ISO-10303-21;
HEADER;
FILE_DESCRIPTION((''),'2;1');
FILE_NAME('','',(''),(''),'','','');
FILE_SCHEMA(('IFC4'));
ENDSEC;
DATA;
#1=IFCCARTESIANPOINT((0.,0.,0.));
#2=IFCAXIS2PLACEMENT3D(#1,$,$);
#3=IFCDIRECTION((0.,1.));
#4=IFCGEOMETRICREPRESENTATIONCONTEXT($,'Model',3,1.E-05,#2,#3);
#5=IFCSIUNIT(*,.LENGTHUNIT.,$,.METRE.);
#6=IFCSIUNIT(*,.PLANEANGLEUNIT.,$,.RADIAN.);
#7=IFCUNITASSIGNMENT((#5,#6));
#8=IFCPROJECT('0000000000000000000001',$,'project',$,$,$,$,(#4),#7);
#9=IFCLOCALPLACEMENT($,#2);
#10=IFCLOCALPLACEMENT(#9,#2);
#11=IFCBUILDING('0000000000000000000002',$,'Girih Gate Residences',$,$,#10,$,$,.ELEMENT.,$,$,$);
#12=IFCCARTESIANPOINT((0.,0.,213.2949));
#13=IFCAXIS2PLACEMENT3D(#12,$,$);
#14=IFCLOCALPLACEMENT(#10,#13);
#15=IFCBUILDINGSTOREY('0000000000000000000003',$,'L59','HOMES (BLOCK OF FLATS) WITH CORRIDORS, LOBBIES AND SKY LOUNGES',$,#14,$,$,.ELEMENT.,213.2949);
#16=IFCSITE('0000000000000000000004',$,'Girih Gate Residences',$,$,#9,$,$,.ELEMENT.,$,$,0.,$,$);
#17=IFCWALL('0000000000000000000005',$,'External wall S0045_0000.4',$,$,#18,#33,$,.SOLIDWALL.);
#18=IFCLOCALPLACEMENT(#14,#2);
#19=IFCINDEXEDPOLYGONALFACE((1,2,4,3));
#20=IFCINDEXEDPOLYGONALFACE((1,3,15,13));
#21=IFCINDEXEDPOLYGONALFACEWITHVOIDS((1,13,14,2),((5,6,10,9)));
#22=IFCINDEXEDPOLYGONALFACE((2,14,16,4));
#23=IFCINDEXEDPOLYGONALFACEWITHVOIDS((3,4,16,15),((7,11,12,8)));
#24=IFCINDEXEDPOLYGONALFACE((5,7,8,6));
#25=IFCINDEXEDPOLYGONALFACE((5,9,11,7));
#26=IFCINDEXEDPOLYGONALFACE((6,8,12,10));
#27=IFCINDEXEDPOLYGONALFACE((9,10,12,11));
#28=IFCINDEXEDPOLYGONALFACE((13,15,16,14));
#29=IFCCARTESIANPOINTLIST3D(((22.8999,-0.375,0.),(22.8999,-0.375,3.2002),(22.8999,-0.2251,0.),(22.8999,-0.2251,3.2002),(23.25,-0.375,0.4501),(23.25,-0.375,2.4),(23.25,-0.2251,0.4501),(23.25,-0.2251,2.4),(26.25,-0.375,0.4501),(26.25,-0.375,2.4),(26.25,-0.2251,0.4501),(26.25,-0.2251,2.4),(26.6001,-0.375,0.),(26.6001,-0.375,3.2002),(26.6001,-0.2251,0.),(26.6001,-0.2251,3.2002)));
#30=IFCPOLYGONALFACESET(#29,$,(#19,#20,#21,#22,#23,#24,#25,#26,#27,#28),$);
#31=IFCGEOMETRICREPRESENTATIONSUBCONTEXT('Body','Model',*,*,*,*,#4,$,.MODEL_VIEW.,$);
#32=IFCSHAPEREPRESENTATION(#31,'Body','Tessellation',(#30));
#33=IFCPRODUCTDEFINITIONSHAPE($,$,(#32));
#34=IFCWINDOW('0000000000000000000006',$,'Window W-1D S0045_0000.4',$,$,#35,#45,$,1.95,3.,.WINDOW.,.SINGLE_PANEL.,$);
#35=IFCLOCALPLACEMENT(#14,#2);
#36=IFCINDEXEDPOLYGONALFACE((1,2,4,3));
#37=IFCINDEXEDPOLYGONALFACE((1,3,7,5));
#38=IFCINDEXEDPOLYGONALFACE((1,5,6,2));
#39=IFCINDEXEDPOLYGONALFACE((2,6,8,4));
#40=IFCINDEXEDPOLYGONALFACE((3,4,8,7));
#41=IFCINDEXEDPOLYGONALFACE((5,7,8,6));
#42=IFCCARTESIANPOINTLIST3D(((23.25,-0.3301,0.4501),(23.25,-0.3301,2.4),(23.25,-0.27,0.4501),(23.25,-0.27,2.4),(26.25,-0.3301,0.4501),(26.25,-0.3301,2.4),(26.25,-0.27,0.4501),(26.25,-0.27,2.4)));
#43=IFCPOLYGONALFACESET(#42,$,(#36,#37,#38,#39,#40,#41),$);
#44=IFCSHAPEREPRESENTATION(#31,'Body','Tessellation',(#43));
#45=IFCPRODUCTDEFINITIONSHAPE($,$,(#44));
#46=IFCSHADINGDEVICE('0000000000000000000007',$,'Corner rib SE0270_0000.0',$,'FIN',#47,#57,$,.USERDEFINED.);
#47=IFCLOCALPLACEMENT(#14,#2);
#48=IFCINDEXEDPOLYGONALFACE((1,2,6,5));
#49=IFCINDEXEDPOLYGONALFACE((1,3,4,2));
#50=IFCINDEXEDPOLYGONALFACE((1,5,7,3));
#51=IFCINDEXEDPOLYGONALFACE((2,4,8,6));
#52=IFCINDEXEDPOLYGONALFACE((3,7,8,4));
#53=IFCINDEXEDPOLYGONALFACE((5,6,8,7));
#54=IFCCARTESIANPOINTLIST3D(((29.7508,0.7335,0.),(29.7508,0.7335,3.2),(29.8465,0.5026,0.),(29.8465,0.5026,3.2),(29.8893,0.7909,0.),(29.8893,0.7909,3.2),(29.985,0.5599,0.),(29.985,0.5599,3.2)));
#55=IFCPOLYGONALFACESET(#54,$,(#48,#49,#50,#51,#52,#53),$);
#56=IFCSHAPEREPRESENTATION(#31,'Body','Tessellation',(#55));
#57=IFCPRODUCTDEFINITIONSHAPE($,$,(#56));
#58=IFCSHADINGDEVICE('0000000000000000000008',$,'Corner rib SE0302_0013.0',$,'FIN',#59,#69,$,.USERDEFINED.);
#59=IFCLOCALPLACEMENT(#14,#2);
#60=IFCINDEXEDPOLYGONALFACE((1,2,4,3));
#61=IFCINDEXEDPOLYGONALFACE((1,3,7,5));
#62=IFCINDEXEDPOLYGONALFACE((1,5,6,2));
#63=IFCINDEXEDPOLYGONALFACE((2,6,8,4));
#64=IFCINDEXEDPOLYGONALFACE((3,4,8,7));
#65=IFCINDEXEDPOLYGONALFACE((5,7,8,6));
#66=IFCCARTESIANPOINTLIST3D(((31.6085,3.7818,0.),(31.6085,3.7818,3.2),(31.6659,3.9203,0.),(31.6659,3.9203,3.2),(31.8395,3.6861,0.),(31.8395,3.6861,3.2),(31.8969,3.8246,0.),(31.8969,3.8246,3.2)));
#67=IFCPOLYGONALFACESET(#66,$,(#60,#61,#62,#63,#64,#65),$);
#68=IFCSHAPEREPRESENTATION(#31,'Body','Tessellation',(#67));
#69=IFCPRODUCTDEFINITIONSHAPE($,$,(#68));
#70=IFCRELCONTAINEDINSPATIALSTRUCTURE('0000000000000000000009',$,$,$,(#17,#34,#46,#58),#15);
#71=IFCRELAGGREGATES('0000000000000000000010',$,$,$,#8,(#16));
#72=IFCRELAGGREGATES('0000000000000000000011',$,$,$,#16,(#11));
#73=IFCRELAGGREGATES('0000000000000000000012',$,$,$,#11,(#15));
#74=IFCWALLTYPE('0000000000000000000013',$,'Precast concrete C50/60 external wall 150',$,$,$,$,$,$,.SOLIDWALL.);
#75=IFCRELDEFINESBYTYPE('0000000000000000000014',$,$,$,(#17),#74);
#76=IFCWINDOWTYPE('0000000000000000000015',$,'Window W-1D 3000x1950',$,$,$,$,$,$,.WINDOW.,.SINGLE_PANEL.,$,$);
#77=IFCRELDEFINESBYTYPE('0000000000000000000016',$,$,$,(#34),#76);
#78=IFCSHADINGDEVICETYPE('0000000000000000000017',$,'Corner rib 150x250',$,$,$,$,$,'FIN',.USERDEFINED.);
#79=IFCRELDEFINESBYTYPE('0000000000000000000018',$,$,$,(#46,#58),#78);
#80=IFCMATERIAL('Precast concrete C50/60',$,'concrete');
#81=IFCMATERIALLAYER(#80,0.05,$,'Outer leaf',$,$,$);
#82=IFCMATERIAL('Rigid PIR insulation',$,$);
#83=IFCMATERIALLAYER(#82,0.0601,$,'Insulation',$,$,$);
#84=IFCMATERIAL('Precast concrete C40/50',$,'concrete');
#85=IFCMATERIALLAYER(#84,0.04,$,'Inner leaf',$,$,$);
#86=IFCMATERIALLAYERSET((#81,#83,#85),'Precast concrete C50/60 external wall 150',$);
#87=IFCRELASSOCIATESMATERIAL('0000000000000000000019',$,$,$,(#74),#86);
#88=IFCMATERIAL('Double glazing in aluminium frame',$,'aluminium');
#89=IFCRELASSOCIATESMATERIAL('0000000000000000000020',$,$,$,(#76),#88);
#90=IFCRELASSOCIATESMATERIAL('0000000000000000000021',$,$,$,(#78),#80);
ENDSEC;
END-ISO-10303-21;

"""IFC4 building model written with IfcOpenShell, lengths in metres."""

from ifc_helpers import new_model, si_unit, direction, frame, frame_2d, origin, origin_2d, place, context, subcontext, project, spatial, rectangle, extrude, material, layer, layer_set, type_object, element, fill, save


model = new_model("IFC4")

# Units and contexts
model_context = context("Model", 3, precision=1e-05, world=origin(), true_north=direction((0.0, 1.0)))
body_context = subcontext(model_context, "Body", "Model", "MODEL_VIEW")
ifc_project = project(units=[si_unit("LENGTHUNIT", "METRE"), si_unit("PLANEANGLEUNIT", "RADIAN")], contexts=[model_context])

# Site, building, storey
site_placement = place(None, origin())
site = spatial("IfcSite", under=ifc_project, at=site_placement, Name="Girih Gate Residences", CompositionType="ELEMENT", RefElevation=0.0)
building_placement = place(site_placement, origin())
building = spatial("IfcBuilding", under=site, at=building_placement, Name="Girih Gate Residences", CompositionType="ELEMENT")
storey_placement = place(building_placement, frame((0.0, 0.0, 213.2949)))
storey = spatial("IfcBuildingStorey", under=building, at=storey_placement, Name="L59", Description="HOMES (BLOCK OF FLATS) WITH CORRIDORS, LOBBIES AND SKY LOUNGES", CompositionType="ELEMENT", Elevation=213.2949)

# Wall, opening, window
ifc_material_1 = material(Name="Precast concrete C50/60", Category="concrete")
ifc_layer_1 = layer(ifc_material_1, 0.05, Name="Outer leaf")
ifc_material_2 = material(Name="Rigid PIR insulation")
ifc_layer_2 = layer(ifc_material_2, 0.0601, Name="Insulation")
ifc_material_3 = material(Name="Precast concrete C40/50", Category="concrete")
ifc_layer_3 = layer(ifc_material_3, 0.04, Name="Inner leaf")
ifc_layer_set_1 = layer_set([ifc_layer_1, ifc_layer_2, ifc_layer_3], Name="Precast concrete C50/60 external wall 150")
wall_type_1 = type_object("IfcWallType", Name="Precast concrete C50/60 external wall 150", PredefinedType="SOLIDWALL", material=ifc_layer_set_1)
ifc_material_4 = material(Name="Double glazing in aluminium frame", Category="aluminium")
window_type_1 = type_object("IfcWindowType", Name="Window W-1D 3000x1950", PartitioningType="SINGLE_PANEL", PredefinedType="WINDOW", material=ifc_material_4)
wall_1_placement = place(storey_placement, frame((26.6001, -0.3, 0.0), z_axis=(0.0, 0.0, 1.0), x_axis=(-1.0, 0.0, 0.0)))
wall_1 = element("IfcWall", 1, at=wall_1_placement, inside=storey, type_object=wall_type_1, Name="External wall S0045_0000.4", PredefinedType="SOLIDWALL", context=body_context, shape_type="SweptSolid", body=[
    extrude(rectangle(XDim=3.7002, YDim=0.1499, at=frame_2d((1.8501, 0.0))), origin(), (0.0, 0.0, 1.0), 3.2002),
])
opening_1_placement = place(wall_1_placement, frame((0.3501, 0.0, 0.45)))
opening_1 = element("IfcOpeningElement", 2, at=opening_1_placement, cuts=wall_1, PredefinedType="OPENING", context=body_context, shape_type="SweptSolid", body=[
    extrude(rectangle(XDim=3.0, YDim=1.95, at=frame_2d((1.5, 0.9751))), frame((0.0, 0.085, 0.0), z_axis=(0.0, -1.0, 0.0), x_axis=(1.0, 0.0, 0.0)), (0.0, 0.0, 1.0), 0.1699),
])
window_1_placement = place(opening_1_placement, origin())
window_1 = element("IfcWindow", 3, at=window_1_placement, inside=storey, type_object=window_type_1, Name="Window W-1D S0045_0000.4", OverallHeight=1.95, OverallWidth=3.0, PartitioningType="SINGLE_PANEL", PredefinedType="WINDOW", context=body_context, shape_type="SweptSolid", body=[
    extrude(rectangle(XDim=3.0, YDim=1.95, at=frame_2d((1.5, 0.9751))), frame((0.0, 0.03, 0.0), z_axis=(0.0, -1.0, 0.0), x_axis=(1.0, 0.0, 0.0)), (0.0, 0.0, 1.0), 0.0601),
])
fill(opening_1, window_1)

# Shading devices
shading_device_type = type_object("IfcShadingDeviceType", Name="Corner rib 150x250", ElementType="FIN", PredefinedType="USERDEFINED", material=ifc_material_1)
for number, where, z_axis, x_axis, name in (
    (4, (29.8679, 0.6467, 0.0), (0.0, 0.0, 1.0), (0.92388, 0.382683, 0.0), "Corner rib SE0270_0000.0"),
    (5, (31.7527, 3.8032, 0.0), (0.0, 0.0, 1.0), (0.382683, 0.92388, 0.0), "Corner rib SE0302_0013.0"),
):
    element("IfcShadingDevice", number, at=place(storey_placement, frame(where, z_axis=z_axis, x_axis=x_axis)), inside=storey, type_object=shading_device_type, Name=name, ObjectType="FIN", PredefinedType="USERDEFINED", context=body_context, shape_type="SweptSolid", body=[
        extrude(rectangle(XDim=0.1499, YDim=0.25, at=origin_2d()), origin(), (0.0, 0.0, 1.0), 3.2),
    ])

save(model, "model.ifc")
